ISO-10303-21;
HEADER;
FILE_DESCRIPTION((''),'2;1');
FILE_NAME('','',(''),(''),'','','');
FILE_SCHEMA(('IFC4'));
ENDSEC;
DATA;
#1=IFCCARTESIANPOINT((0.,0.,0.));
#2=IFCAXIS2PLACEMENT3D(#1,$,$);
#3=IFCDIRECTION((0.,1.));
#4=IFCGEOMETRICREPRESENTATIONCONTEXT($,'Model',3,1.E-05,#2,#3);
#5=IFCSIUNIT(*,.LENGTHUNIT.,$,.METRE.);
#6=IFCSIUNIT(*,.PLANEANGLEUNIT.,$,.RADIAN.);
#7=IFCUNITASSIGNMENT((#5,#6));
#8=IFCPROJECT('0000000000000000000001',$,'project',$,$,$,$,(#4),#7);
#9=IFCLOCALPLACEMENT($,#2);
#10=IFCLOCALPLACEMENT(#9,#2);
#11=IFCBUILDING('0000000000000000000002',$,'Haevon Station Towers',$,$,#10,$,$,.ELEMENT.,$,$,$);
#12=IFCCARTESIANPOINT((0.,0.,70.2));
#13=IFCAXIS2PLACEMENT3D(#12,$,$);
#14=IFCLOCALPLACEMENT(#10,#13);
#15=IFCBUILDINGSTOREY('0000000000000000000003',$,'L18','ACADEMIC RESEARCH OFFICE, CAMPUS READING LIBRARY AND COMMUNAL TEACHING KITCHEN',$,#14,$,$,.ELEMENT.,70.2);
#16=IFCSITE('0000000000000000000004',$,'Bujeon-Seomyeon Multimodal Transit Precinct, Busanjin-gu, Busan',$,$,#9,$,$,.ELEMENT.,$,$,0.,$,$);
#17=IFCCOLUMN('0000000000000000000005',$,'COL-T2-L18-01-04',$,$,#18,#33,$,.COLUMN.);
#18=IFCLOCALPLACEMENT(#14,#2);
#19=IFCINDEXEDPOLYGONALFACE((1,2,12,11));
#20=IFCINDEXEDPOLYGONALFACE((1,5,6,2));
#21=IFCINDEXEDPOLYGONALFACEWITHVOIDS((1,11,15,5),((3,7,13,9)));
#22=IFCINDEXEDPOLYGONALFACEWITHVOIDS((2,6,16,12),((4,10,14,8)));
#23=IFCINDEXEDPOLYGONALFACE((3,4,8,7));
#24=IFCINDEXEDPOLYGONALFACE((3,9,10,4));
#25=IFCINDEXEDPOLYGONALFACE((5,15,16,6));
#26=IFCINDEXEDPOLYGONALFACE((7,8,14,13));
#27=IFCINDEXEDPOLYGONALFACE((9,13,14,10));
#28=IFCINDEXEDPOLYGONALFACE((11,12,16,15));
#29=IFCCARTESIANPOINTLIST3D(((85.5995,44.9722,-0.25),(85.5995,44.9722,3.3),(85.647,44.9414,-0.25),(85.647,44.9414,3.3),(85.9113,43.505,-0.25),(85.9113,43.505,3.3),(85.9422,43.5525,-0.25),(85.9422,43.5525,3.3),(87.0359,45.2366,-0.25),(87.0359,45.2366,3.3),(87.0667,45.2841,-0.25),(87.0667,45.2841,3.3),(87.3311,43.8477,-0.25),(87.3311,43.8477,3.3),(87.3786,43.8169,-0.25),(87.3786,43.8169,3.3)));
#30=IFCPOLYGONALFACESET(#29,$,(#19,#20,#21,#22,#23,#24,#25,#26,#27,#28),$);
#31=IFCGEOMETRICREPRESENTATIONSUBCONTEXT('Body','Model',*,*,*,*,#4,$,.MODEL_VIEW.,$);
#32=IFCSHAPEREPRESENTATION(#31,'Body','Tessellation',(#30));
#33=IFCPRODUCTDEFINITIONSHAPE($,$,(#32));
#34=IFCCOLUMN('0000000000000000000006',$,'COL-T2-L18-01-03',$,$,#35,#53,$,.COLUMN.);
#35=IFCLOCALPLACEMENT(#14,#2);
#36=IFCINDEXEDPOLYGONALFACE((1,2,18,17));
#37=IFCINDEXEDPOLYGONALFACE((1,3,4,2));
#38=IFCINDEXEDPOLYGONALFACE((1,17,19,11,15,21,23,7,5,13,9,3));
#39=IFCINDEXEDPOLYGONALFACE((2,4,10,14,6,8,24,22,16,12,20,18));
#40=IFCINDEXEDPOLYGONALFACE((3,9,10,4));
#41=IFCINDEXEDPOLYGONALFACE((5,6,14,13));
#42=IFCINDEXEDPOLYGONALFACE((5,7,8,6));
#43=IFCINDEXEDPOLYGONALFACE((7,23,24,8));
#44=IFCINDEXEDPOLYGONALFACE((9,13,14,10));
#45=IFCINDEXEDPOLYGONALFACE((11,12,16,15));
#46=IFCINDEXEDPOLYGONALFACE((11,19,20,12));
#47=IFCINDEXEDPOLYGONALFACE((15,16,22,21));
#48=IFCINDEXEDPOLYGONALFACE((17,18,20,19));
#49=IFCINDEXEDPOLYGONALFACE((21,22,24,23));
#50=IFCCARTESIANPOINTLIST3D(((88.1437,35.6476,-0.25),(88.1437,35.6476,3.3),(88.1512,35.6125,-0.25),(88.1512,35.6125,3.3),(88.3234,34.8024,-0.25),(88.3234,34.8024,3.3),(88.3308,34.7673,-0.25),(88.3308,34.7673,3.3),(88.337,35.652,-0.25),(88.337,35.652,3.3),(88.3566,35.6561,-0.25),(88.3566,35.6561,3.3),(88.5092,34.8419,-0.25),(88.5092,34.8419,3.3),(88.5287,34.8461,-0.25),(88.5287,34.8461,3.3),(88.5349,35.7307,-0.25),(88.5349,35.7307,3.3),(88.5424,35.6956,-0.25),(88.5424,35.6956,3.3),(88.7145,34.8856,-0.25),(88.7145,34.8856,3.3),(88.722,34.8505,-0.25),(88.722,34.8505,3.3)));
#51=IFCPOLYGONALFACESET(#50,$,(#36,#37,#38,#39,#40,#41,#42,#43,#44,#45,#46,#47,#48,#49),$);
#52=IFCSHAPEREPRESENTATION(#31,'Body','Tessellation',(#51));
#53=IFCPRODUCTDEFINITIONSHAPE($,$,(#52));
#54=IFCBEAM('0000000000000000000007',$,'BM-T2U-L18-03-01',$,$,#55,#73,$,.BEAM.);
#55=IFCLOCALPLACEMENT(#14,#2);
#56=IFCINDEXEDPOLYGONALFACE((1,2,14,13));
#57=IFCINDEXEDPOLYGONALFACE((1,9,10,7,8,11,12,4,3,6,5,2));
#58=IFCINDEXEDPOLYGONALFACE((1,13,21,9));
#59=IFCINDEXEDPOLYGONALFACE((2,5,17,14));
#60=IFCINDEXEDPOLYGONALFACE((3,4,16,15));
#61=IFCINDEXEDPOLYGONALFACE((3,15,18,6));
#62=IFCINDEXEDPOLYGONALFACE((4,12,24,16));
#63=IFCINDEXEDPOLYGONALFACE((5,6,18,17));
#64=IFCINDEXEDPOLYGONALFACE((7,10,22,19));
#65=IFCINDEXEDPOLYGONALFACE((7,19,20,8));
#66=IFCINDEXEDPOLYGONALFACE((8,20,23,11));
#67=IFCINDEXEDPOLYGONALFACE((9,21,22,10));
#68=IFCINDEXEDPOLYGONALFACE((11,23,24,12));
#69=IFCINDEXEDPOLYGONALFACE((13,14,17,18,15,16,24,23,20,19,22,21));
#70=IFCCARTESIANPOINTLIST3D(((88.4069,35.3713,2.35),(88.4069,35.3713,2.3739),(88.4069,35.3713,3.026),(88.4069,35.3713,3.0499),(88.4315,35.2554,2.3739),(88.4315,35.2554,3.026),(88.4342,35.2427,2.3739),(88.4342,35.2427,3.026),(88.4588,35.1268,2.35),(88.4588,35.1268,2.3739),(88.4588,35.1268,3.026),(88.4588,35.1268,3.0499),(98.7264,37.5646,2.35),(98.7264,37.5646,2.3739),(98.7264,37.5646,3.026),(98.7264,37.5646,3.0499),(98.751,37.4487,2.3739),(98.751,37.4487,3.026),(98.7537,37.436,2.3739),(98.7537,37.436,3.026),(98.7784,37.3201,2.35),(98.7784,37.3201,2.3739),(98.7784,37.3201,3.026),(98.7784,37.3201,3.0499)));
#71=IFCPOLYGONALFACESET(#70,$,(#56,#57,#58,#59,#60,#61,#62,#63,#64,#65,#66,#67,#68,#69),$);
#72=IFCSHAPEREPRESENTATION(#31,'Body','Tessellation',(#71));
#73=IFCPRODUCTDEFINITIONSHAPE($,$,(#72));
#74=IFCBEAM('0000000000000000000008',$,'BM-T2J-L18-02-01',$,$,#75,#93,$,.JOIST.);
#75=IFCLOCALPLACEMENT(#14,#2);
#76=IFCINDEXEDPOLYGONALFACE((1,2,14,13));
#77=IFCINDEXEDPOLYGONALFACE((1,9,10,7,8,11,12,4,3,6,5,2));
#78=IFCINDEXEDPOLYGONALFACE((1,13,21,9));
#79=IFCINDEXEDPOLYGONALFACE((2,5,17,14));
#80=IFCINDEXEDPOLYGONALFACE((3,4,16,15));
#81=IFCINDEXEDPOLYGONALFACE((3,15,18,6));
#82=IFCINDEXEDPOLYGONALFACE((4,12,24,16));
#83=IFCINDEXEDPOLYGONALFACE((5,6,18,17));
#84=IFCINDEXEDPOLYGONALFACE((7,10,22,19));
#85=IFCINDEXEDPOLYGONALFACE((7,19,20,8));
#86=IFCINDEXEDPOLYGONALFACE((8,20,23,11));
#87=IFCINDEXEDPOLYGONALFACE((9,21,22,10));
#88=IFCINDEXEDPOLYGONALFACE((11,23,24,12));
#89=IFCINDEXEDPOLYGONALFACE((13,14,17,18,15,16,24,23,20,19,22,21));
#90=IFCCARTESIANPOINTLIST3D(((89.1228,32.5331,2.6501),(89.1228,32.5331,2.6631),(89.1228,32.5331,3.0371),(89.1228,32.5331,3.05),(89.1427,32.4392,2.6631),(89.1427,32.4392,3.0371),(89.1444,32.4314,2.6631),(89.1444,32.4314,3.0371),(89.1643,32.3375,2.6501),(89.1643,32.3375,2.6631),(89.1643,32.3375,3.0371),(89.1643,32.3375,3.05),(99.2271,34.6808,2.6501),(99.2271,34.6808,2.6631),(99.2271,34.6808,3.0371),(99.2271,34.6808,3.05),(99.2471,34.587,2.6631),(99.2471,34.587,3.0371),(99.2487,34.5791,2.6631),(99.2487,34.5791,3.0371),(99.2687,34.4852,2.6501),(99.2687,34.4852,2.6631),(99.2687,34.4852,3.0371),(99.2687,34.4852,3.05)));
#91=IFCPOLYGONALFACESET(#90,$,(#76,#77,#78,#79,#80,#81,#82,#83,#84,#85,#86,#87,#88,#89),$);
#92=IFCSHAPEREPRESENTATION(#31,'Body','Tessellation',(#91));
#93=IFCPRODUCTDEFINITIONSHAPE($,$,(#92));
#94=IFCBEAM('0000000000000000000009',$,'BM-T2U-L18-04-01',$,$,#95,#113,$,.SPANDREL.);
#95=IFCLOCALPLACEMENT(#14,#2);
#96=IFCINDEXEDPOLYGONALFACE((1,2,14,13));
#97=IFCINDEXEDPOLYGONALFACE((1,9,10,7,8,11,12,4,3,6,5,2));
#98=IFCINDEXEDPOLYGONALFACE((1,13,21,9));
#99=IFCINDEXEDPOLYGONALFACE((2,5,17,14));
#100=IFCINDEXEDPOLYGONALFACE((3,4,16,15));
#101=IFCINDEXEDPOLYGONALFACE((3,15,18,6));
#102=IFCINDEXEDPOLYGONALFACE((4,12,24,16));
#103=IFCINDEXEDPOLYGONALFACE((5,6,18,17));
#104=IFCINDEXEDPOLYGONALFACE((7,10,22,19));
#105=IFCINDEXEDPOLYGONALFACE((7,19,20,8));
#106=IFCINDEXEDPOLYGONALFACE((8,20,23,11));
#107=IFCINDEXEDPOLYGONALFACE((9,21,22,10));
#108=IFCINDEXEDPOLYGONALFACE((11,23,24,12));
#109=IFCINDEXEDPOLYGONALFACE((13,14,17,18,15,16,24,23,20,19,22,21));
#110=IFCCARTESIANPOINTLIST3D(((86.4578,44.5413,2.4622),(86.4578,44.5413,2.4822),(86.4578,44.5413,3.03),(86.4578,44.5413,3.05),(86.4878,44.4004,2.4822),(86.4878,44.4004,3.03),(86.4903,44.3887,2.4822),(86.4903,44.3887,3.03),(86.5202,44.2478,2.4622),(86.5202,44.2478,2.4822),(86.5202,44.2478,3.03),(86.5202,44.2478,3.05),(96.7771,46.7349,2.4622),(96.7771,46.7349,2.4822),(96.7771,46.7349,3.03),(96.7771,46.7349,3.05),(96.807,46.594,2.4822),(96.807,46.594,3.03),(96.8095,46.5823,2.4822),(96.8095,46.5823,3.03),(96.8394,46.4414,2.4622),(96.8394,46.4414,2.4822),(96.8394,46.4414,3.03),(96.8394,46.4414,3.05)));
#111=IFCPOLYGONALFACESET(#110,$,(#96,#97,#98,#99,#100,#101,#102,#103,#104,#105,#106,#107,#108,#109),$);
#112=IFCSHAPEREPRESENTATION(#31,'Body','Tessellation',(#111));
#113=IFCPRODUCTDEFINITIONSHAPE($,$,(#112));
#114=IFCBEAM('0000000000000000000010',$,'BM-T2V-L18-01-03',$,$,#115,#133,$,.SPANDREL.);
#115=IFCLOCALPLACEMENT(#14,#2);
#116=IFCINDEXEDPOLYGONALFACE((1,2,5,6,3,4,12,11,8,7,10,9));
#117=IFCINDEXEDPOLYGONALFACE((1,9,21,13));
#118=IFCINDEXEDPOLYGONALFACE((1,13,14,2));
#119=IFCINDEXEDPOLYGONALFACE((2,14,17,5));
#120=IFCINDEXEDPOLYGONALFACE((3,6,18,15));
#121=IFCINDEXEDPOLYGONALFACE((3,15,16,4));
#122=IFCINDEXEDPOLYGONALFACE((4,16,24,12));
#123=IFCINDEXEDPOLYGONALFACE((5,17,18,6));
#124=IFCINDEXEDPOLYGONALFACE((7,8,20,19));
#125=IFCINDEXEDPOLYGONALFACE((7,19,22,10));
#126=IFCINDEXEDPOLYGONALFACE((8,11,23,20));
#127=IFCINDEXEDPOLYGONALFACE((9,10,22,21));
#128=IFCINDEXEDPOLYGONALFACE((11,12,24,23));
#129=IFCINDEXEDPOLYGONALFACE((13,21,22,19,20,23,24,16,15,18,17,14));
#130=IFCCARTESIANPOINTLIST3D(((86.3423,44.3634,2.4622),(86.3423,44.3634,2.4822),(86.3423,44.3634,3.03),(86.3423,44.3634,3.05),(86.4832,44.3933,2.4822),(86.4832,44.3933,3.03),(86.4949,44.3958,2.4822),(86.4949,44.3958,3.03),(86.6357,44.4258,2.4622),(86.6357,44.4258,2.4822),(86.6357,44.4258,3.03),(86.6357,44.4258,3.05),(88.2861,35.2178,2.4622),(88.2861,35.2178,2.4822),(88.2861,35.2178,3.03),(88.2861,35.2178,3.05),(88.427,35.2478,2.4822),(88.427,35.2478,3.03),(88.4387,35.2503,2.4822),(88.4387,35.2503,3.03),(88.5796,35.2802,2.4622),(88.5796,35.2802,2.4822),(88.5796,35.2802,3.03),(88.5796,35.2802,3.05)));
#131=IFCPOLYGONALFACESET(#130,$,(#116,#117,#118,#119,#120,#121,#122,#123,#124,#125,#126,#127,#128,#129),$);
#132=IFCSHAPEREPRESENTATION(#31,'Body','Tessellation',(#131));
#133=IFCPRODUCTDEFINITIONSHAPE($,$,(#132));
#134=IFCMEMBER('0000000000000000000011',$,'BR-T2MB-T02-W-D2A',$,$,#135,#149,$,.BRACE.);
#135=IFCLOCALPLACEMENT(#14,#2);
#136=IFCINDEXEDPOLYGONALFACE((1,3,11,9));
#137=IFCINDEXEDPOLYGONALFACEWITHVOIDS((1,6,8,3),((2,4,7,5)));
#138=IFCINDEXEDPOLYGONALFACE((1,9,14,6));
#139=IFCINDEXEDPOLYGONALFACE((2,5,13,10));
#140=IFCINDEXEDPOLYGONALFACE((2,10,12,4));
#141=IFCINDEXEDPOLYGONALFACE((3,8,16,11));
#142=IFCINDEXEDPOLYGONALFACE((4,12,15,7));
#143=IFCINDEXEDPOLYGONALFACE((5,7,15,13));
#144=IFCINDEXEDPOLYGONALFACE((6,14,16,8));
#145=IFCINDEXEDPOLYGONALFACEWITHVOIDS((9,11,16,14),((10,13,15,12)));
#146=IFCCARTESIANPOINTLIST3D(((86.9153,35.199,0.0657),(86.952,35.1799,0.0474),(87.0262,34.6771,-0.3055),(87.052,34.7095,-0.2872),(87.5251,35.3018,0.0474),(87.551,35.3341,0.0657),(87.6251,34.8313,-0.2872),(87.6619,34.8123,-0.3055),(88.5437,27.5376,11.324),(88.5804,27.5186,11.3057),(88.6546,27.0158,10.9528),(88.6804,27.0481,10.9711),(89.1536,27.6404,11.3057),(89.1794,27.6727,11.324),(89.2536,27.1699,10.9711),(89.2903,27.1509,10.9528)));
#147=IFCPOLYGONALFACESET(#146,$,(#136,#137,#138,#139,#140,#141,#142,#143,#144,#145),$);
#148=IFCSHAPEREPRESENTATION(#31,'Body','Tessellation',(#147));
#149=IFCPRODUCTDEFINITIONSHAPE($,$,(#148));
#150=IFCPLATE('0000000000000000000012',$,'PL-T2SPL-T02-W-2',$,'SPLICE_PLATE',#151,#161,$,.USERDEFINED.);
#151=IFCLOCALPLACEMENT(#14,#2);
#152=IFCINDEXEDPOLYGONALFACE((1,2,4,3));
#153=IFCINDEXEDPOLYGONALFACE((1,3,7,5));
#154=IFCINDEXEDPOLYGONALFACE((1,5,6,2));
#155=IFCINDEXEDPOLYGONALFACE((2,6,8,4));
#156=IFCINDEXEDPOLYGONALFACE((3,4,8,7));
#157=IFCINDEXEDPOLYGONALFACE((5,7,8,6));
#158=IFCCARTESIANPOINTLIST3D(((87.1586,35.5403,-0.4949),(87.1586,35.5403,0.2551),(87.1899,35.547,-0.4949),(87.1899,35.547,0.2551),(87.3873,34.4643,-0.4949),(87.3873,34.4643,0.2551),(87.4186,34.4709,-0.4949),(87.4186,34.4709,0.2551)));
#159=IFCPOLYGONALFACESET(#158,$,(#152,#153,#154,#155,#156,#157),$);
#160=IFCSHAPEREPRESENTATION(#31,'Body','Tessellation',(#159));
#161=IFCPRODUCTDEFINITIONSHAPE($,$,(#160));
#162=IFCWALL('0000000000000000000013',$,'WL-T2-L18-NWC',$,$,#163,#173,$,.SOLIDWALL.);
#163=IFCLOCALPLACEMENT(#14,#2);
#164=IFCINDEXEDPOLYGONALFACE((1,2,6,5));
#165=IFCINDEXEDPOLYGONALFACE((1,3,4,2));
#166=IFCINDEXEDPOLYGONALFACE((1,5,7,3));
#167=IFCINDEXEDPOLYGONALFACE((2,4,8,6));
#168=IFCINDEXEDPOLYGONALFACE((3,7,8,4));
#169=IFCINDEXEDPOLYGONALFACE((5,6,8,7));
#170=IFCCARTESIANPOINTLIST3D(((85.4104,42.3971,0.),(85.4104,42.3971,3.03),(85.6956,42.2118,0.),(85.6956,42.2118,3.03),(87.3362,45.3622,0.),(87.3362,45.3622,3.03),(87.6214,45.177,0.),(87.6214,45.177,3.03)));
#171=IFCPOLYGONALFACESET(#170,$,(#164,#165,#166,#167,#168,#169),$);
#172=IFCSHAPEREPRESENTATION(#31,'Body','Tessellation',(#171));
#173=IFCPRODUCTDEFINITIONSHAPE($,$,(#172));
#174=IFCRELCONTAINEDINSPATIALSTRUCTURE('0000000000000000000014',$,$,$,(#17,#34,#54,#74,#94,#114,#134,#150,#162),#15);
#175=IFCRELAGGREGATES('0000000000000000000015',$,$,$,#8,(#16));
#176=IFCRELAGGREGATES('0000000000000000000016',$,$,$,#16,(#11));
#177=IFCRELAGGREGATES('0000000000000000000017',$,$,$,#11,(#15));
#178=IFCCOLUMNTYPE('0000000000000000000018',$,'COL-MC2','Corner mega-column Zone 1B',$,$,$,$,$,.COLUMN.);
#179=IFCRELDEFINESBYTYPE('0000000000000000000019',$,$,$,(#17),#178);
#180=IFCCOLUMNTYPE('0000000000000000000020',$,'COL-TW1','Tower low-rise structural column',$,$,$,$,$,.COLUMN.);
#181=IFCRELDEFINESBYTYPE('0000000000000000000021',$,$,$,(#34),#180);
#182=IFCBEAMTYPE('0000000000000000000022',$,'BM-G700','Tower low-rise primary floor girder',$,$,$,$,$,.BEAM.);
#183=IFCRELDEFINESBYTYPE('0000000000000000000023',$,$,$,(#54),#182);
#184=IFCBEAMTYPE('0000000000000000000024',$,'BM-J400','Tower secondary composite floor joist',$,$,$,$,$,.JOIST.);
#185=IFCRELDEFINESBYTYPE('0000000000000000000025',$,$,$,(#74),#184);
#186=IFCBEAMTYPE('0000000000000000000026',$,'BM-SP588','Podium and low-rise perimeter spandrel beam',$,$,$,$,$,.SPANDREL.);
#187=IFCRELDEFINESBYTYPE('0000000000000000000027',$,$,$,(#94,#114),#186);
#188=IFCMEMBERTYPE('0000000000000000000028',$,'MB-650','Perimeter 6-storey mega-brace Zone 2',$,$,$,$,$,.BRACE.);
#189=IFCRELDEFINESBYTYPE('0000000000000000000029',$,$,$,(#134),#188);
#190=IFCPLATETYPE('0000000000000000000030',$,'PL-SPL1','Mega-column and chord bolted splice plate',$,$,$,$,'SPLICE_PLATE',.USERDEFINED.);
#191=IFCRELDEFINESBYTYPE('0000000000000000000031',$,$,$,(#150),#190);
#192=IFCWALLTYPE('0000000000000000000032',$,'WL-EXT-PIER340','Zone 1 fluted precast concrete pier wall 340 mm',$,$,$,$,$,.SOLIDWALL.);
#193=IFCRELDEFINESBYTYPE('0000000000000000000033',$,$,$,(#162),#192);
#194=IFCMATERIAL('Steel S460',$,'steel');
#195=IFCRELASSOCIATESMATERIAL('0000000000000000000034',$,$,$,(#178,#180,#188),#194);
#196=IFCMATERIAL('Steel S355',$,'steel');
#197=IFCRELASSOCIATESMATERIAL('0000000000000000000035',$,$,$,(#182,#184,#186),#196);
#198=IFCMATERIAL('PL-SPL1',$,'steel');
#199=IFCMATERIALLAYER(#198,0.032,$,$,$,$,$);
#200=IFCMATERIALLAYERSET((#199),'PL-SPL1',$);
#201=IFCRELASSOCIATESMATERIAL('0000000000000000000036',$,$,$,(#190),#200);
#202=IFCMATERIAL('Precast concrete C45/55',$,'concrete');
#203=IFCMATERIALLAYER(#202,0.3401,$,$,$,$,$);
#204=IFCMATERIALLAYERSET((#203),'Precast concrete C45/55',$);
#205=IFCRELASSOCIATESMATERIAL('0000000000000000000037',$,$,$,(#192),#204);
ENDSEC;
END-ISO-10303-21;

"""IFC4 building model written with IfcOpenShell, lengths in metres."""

from ifc_helpers import new_model, si_unit, direction, frame, frame_2d, origin, origin_2d, place, context, subcontext, project, spatial, rectangle, hollow_rectangle, i_section, extrude, material, layer, layer_set, material_profile, profile_set, type_object, element, save


model = new_model("IFC4")

# Units and contexts
model_context = context("Model", 3, precision=1e-05, world=origin(), true_north=direction((0.0, 1.0)))
body_context = subcontext(model_context, "Body", "Model", "MODEL_VIEW")
ifc_project = project(units=[si_unit("LENGTHUNIT", "METRE"), si_unit("PLANEANGLEUNIT", "RADIAN")], contexts=[model_context])

# Site, building, storey
site_placement = place(None, origin())
site = spatial("IfcSite", under=ifc_project, at=site_placement, Name="Bujeon-Seomyeon Multimodal Transit Precinct, Busanjin-gu, Busan", CompositionType="ELEMENT", RefElevation=0.0)
building_placement = place(site_placement, origin())
building = spatial("IfcBuilding", under=site, at=building_placement, Name="Haevon Station Towers", CompositionType="ELEMENT")
storey_placement = place(building_placement, frame((0.0, 0.0, 70.2)))
storey = spatial("IfcBuildingStorey", under=building, at=storey_placement, Name="L18", Description="ACADEMIC RESEARCH OFFICE, CAMPUS READING LIBRARY AND COMMUNAL TEACHING KITCHEN", CompositionType="ELEMENT", Elevation=70.2)

# Columns
ifc_material_1 = material(Name="Steel S460", Category="steel")
ifc_material_profile_1 = material_profile(ifc_material_1, hollow_rectangle(XDim=1.5, YDim=1.5, WallThickness=0.04, at=origin_2d()), Name="BOX-1500x1500x40")
ifc_profile_set_1 = profile_set([ifc_material_profile_1], Name="Steel S460")
column_type_1 = type_object("IfcColumnType", Name="COL-MC2", Description="Corner mega-column Zone 1B", PredefinedType="COLUMN", material=ifc_profile_set_1)
column_1_placement = place(storey_placement, frame((86.489, 44.3945, -0.25), z_axis=(0.0, 0.0, 1.0), x_axis=(0.978148, 0.207912, 0.0)))
element("IfcColumn", 1, at=column_1_placement, inside=storey, type_object=column_type_1, Name="COL-T2-L18-01-04", PredefinedType="COLUMN", context=body_context, shape_type="SweptSolid", body=[
    extrude(hollow_rectangle(XDim=1.5, YDim=1.5, WallThickness=0.04, at=origin_2d()), origin(), (0.0, 0.0, 1.0), 3.55),
])
ifc_material_profile_2 = material_profile(ifc_material_1, i_section(OverallWidth=0.3999, OverallDepth=0.8999, WebThickness=0.02, FlangeThickness=0.0359, at=origin_2d()), Name="H-900x400x20x36")
ifc_profile_set_2 = profile_set([ifc_material_profile_2], Name="Steel S460")
column_type_2 = type_object("IfcColumnType", Name="COL-TW1", Description="Tower low-rise structural column", PredefinedType="COLUMN", material=ifc_profile_set_2)
column_2_placement = place(storey_placement, frame((88.4329, 35.249, -0.25), z_axis=(0.0, 0.0, 1.0), x_axis=(0.978148, 0.207912, 0.0)))
element("IfcColumn", 2, at=column_2_placement, inside=storey, type_object=column_type_2, Name="COL-T2-L18-01-03", PredefinedType="COLUMN", context=body_context, shape_type="SweptSolid", body=[
    extrude(i_section(OverallWidth=0.3999, OverallDepth=0.8999, WebThickness=0.02, FlangeThickness=0.0359, at=origin_2d()), origin(), (0.0, 0.0, 1.0), 3.55),
])

# Beams
ifc_material_2 = material(Name="Steel S355", Category="steel")
ifc_material_profile_3 = material_profile(ifc_material_2, i_section(OverallWidth=0.25, OverallDepth=0.7, WebThickness=0.0129, FlangeThickness=0.0239, at=origin_2d()), Name="H-700x250x13x24")
ifc_profile_set_3 = profile_set([ifc_material_profile_3], Name="Steel S355")
beam_type_1 = type_object("IfcBeamType", Name="BM-G700", Description="Tower low-rise primary floor girder", PredefinedType="BEAM", material=ifc_profile_set_3)
beam_1_placement = place(storey_placement, frame((88.4329, 35.249, 2.7), z_axis=(0.97815, 0.207899, 0.0), x_axis=(-0.207899, 0.97815, 0.0)))
element("IfcBeam", 3, at=beam_1_placement, inside=storey, type_object=beam_type_1, Name="BM-T2U-L18-03-01", PredefinedType="BEAM", context=body_context, shape_type="SweptSolid", body=[
    extrude(i_section(OverallWidth=0.25, OverallDepth=0.7, WebThickness=0.0129, FlangeThickness=0.0239, at=origin_2d()), origin(), (0.0, 0.0, 1.0), 10.55),
])
ifc_material_profile_4 = material_profile(ifc_material_2, i_section(OverallWidth=0.2, OverallDepth=0.3999, WebThickness=0.0081, FlangeThickness=0.0129, at=origin_2d()), Name="H-400x200x8x13")
ifc_profile_set_4 = profile_set([ifc_material_profile_4], Name="Steel S355")
beam_type_2 = type_object("IfcBeamType", Name="BM-J400", Description="Tower secondary composite floor joist", PredefinedType="JOIST", material=ifc_profile_set_4)
beam_2_placement = place(storey_placement, frame((89.1436, 32.4353, 2.8501), z_axis=(0.978148, 0.20791, 0.0), x_axis=(-0.20791, 0.978148, 0.0)))
element("IfcBeam", 4, at=beam_2_placement, inside=storey, type_object=beam_type_2, Name="BM-T2J-L18-02-01", PredefinedType="JOIST", context=body_context, shape_type="SweptSolid", body=[
    extrude(i_section(OverallWidth=0.2, OverallDepth=0.3999, WebThickness=0.0081, FlangeThickness=0.0129, at=origin_2d()), origin(), (0.0, 0.0, 1.0), 10.3301),
])
ifc_material_profile_5 = material_profile(ifc_material_2, i_section(OverallWidth=0.3, OverallDepth=0.5879, WebThickness=0.012, FlangeThickness=0.02, at=origin_2d()), Name="H-588x300x12x20")
ifc_profile_set_5 = profile_set([ifc_material_profile_5], Name="Steel S355")
beam_type_3 = type_object("IfcBeamType", Name="BM-SP588", Description="Podium and low-rise perimeter spandrel beam", PredefinedType="SPANDREL", material=ifc_profile_set_5)
beam_3_placement = place(storey_placement, frame((86.489, 44.3945, 2.7561), z_axis=(0.978144, 0.207926, 0.0), x_axis=(-0.207926, 0.978144, 0.0)))
element("IfcBeam", 5, at=beam_3_placement, inside=storey, type_object=beam_type_3, Name="BM-T2U-L18-04-01", PredefinedType="SPANDREL", context=body_context, shape_type="SweptSolid", body=[
    extrude(i_section(OverallWidth=0.3, OverallDepth=0.5879, WebThickness=0.012, FlangeThickness=0.02, at=origin_2d()), origin(), (0.0, 0.0, 1.0), 10.5498),
])
beam_4_placement = place(storey_placement, frame((88.4329, 35.249, 2.7561), z_axis=(-0.207902, 0.97815, 0.0), x_axis=(-0.97815, -0.207902, 0.0)))
element("IfcBeam", 6, at=beam_4_placement, inside=storey, type_object=beam_type_3, Name="BM-T2V-L18-01-03", PredefinedType="SPANDREL", context=body_context, shape_type="SweptSolid", body=[
    extrude(i_section(OverallWidth=0.3, OverallDepth=0.5879, WebThickness=0.012, FlangeThickness=0.02, at=origin_2d()), origin(), (0.0, 0.0, 1.0), 9.3499),
])

# Member
ifc_material_profile_6 = material_profile(ifc_material_1, hollow_rectangle(XDim=0.6499, YDim=0.6499, WallThickness=0.032, at=origin_2d()), Name="RHS-650x650x32")
ifc_profile_set_6 = profile_set([ifc_material_profile_6], Name="Steel S460")
member_type = type_object("IfcMemberType", Name="MB-650", Description="Perimeter 6-storey mega-brace Zone 2", PredefinedType="BRACE", material=ifc_profile_set_6)
member_placement = place(storey_placement, frame((87.2886, 35.0056, -0.1199), z_axis=(0.118734, -0.558618, 0.820883), x_axis=(0.978149, 0.207905, 0.0)))
element("IfcMember", 7, at=member_placement, inside=storey, type_object=member_type, Name="BR-T2MB-T02-W-D2A", PredefinedType="BRACE", context=body_context, shape_type="SweptSolid", body=[
    extrude(hollow_rectangle(XDim=0.6499, YDim=0.6499, WallThickness=0.032, at=origin_2d()), origin(), (0.0, 0.0, 1.0), 13.7148),
])

# Plate
ifc_material_3 = material(Name="PL-SPL1", Category="steel")
ifc_layer_1 = layer(ifc_material_3, 0.032)
ifc_layer_set_1 = layer_set([ifc_layer_1], Name="PL-SPL1")
plate_type = type_object("IfcPlateType", Name="PL-SPL1", Description="Mega-column and chord bolted splice plate", ElementType="SPLICE_PLATE", PredefinedType="USERDEFINED", material=ifc_layer_set_1)
plate_placement = place(storey_placement, frame((87.2886, 35.0056, -0.4949), z_axis=(0.0, 0.0, 1.0), x_axis=(-0.207912, 0.978148, 0.0)))
element("IfcPlate", 8, at=plate_placement, inside=storey, type_object=plate_type, Name="PL-T2SPL-T02-W-2", ObjectType="SPLICE_PLATE", PredefinedType="USERDEFINED", context=body_context, shape_type="SweptSolid", body=[
    extrude(rectangle(XDim=1.1001, YDim=0.032, at=origin_2d()), origin(), (0.0, 0.0, 1.0), 0.75),
])

# Wall
ifc_material_4 = material(Name="Precast concrete C45/55", Category="concrete")
ifc_layer_2 = layer(ifc_material_4, 0.3401)
ifc_layer_set_2 = layer_set([ifc_layer_2], Name="Precast concrete C45/55")
wall_type = type_object("IfcWallType", Name="WL-EXT-PIER340", Description="Zone 1 fluted precast concrete pier wall 340 mm", PredefinedType="SOLIDWALL", material=ifc_layer_set_2)
wall_1_placement = place(storey_placement, frame((85.553, 42.3044, 0.0), z_axis=(0.0, 0.0, 1.0), x_axis=(0.544685, 0.838641, 0.0)))
element("IfcWall", 9, at=wall_1_placement, inside=storey, type_object=wall_type, Name="WL-T2-L18-NWC", PredefinedType="SOLIDWALL", context=body_context, shape_type="SweptSolid", body=[
    extrude(rectangle(XDim=3.5356, YDim=0.3401, at=frame_2d((1.7678, 0.0))), origin(), (0.0, 0.0, 1.0), 3.03),
])

save(model, "model.ifc")
